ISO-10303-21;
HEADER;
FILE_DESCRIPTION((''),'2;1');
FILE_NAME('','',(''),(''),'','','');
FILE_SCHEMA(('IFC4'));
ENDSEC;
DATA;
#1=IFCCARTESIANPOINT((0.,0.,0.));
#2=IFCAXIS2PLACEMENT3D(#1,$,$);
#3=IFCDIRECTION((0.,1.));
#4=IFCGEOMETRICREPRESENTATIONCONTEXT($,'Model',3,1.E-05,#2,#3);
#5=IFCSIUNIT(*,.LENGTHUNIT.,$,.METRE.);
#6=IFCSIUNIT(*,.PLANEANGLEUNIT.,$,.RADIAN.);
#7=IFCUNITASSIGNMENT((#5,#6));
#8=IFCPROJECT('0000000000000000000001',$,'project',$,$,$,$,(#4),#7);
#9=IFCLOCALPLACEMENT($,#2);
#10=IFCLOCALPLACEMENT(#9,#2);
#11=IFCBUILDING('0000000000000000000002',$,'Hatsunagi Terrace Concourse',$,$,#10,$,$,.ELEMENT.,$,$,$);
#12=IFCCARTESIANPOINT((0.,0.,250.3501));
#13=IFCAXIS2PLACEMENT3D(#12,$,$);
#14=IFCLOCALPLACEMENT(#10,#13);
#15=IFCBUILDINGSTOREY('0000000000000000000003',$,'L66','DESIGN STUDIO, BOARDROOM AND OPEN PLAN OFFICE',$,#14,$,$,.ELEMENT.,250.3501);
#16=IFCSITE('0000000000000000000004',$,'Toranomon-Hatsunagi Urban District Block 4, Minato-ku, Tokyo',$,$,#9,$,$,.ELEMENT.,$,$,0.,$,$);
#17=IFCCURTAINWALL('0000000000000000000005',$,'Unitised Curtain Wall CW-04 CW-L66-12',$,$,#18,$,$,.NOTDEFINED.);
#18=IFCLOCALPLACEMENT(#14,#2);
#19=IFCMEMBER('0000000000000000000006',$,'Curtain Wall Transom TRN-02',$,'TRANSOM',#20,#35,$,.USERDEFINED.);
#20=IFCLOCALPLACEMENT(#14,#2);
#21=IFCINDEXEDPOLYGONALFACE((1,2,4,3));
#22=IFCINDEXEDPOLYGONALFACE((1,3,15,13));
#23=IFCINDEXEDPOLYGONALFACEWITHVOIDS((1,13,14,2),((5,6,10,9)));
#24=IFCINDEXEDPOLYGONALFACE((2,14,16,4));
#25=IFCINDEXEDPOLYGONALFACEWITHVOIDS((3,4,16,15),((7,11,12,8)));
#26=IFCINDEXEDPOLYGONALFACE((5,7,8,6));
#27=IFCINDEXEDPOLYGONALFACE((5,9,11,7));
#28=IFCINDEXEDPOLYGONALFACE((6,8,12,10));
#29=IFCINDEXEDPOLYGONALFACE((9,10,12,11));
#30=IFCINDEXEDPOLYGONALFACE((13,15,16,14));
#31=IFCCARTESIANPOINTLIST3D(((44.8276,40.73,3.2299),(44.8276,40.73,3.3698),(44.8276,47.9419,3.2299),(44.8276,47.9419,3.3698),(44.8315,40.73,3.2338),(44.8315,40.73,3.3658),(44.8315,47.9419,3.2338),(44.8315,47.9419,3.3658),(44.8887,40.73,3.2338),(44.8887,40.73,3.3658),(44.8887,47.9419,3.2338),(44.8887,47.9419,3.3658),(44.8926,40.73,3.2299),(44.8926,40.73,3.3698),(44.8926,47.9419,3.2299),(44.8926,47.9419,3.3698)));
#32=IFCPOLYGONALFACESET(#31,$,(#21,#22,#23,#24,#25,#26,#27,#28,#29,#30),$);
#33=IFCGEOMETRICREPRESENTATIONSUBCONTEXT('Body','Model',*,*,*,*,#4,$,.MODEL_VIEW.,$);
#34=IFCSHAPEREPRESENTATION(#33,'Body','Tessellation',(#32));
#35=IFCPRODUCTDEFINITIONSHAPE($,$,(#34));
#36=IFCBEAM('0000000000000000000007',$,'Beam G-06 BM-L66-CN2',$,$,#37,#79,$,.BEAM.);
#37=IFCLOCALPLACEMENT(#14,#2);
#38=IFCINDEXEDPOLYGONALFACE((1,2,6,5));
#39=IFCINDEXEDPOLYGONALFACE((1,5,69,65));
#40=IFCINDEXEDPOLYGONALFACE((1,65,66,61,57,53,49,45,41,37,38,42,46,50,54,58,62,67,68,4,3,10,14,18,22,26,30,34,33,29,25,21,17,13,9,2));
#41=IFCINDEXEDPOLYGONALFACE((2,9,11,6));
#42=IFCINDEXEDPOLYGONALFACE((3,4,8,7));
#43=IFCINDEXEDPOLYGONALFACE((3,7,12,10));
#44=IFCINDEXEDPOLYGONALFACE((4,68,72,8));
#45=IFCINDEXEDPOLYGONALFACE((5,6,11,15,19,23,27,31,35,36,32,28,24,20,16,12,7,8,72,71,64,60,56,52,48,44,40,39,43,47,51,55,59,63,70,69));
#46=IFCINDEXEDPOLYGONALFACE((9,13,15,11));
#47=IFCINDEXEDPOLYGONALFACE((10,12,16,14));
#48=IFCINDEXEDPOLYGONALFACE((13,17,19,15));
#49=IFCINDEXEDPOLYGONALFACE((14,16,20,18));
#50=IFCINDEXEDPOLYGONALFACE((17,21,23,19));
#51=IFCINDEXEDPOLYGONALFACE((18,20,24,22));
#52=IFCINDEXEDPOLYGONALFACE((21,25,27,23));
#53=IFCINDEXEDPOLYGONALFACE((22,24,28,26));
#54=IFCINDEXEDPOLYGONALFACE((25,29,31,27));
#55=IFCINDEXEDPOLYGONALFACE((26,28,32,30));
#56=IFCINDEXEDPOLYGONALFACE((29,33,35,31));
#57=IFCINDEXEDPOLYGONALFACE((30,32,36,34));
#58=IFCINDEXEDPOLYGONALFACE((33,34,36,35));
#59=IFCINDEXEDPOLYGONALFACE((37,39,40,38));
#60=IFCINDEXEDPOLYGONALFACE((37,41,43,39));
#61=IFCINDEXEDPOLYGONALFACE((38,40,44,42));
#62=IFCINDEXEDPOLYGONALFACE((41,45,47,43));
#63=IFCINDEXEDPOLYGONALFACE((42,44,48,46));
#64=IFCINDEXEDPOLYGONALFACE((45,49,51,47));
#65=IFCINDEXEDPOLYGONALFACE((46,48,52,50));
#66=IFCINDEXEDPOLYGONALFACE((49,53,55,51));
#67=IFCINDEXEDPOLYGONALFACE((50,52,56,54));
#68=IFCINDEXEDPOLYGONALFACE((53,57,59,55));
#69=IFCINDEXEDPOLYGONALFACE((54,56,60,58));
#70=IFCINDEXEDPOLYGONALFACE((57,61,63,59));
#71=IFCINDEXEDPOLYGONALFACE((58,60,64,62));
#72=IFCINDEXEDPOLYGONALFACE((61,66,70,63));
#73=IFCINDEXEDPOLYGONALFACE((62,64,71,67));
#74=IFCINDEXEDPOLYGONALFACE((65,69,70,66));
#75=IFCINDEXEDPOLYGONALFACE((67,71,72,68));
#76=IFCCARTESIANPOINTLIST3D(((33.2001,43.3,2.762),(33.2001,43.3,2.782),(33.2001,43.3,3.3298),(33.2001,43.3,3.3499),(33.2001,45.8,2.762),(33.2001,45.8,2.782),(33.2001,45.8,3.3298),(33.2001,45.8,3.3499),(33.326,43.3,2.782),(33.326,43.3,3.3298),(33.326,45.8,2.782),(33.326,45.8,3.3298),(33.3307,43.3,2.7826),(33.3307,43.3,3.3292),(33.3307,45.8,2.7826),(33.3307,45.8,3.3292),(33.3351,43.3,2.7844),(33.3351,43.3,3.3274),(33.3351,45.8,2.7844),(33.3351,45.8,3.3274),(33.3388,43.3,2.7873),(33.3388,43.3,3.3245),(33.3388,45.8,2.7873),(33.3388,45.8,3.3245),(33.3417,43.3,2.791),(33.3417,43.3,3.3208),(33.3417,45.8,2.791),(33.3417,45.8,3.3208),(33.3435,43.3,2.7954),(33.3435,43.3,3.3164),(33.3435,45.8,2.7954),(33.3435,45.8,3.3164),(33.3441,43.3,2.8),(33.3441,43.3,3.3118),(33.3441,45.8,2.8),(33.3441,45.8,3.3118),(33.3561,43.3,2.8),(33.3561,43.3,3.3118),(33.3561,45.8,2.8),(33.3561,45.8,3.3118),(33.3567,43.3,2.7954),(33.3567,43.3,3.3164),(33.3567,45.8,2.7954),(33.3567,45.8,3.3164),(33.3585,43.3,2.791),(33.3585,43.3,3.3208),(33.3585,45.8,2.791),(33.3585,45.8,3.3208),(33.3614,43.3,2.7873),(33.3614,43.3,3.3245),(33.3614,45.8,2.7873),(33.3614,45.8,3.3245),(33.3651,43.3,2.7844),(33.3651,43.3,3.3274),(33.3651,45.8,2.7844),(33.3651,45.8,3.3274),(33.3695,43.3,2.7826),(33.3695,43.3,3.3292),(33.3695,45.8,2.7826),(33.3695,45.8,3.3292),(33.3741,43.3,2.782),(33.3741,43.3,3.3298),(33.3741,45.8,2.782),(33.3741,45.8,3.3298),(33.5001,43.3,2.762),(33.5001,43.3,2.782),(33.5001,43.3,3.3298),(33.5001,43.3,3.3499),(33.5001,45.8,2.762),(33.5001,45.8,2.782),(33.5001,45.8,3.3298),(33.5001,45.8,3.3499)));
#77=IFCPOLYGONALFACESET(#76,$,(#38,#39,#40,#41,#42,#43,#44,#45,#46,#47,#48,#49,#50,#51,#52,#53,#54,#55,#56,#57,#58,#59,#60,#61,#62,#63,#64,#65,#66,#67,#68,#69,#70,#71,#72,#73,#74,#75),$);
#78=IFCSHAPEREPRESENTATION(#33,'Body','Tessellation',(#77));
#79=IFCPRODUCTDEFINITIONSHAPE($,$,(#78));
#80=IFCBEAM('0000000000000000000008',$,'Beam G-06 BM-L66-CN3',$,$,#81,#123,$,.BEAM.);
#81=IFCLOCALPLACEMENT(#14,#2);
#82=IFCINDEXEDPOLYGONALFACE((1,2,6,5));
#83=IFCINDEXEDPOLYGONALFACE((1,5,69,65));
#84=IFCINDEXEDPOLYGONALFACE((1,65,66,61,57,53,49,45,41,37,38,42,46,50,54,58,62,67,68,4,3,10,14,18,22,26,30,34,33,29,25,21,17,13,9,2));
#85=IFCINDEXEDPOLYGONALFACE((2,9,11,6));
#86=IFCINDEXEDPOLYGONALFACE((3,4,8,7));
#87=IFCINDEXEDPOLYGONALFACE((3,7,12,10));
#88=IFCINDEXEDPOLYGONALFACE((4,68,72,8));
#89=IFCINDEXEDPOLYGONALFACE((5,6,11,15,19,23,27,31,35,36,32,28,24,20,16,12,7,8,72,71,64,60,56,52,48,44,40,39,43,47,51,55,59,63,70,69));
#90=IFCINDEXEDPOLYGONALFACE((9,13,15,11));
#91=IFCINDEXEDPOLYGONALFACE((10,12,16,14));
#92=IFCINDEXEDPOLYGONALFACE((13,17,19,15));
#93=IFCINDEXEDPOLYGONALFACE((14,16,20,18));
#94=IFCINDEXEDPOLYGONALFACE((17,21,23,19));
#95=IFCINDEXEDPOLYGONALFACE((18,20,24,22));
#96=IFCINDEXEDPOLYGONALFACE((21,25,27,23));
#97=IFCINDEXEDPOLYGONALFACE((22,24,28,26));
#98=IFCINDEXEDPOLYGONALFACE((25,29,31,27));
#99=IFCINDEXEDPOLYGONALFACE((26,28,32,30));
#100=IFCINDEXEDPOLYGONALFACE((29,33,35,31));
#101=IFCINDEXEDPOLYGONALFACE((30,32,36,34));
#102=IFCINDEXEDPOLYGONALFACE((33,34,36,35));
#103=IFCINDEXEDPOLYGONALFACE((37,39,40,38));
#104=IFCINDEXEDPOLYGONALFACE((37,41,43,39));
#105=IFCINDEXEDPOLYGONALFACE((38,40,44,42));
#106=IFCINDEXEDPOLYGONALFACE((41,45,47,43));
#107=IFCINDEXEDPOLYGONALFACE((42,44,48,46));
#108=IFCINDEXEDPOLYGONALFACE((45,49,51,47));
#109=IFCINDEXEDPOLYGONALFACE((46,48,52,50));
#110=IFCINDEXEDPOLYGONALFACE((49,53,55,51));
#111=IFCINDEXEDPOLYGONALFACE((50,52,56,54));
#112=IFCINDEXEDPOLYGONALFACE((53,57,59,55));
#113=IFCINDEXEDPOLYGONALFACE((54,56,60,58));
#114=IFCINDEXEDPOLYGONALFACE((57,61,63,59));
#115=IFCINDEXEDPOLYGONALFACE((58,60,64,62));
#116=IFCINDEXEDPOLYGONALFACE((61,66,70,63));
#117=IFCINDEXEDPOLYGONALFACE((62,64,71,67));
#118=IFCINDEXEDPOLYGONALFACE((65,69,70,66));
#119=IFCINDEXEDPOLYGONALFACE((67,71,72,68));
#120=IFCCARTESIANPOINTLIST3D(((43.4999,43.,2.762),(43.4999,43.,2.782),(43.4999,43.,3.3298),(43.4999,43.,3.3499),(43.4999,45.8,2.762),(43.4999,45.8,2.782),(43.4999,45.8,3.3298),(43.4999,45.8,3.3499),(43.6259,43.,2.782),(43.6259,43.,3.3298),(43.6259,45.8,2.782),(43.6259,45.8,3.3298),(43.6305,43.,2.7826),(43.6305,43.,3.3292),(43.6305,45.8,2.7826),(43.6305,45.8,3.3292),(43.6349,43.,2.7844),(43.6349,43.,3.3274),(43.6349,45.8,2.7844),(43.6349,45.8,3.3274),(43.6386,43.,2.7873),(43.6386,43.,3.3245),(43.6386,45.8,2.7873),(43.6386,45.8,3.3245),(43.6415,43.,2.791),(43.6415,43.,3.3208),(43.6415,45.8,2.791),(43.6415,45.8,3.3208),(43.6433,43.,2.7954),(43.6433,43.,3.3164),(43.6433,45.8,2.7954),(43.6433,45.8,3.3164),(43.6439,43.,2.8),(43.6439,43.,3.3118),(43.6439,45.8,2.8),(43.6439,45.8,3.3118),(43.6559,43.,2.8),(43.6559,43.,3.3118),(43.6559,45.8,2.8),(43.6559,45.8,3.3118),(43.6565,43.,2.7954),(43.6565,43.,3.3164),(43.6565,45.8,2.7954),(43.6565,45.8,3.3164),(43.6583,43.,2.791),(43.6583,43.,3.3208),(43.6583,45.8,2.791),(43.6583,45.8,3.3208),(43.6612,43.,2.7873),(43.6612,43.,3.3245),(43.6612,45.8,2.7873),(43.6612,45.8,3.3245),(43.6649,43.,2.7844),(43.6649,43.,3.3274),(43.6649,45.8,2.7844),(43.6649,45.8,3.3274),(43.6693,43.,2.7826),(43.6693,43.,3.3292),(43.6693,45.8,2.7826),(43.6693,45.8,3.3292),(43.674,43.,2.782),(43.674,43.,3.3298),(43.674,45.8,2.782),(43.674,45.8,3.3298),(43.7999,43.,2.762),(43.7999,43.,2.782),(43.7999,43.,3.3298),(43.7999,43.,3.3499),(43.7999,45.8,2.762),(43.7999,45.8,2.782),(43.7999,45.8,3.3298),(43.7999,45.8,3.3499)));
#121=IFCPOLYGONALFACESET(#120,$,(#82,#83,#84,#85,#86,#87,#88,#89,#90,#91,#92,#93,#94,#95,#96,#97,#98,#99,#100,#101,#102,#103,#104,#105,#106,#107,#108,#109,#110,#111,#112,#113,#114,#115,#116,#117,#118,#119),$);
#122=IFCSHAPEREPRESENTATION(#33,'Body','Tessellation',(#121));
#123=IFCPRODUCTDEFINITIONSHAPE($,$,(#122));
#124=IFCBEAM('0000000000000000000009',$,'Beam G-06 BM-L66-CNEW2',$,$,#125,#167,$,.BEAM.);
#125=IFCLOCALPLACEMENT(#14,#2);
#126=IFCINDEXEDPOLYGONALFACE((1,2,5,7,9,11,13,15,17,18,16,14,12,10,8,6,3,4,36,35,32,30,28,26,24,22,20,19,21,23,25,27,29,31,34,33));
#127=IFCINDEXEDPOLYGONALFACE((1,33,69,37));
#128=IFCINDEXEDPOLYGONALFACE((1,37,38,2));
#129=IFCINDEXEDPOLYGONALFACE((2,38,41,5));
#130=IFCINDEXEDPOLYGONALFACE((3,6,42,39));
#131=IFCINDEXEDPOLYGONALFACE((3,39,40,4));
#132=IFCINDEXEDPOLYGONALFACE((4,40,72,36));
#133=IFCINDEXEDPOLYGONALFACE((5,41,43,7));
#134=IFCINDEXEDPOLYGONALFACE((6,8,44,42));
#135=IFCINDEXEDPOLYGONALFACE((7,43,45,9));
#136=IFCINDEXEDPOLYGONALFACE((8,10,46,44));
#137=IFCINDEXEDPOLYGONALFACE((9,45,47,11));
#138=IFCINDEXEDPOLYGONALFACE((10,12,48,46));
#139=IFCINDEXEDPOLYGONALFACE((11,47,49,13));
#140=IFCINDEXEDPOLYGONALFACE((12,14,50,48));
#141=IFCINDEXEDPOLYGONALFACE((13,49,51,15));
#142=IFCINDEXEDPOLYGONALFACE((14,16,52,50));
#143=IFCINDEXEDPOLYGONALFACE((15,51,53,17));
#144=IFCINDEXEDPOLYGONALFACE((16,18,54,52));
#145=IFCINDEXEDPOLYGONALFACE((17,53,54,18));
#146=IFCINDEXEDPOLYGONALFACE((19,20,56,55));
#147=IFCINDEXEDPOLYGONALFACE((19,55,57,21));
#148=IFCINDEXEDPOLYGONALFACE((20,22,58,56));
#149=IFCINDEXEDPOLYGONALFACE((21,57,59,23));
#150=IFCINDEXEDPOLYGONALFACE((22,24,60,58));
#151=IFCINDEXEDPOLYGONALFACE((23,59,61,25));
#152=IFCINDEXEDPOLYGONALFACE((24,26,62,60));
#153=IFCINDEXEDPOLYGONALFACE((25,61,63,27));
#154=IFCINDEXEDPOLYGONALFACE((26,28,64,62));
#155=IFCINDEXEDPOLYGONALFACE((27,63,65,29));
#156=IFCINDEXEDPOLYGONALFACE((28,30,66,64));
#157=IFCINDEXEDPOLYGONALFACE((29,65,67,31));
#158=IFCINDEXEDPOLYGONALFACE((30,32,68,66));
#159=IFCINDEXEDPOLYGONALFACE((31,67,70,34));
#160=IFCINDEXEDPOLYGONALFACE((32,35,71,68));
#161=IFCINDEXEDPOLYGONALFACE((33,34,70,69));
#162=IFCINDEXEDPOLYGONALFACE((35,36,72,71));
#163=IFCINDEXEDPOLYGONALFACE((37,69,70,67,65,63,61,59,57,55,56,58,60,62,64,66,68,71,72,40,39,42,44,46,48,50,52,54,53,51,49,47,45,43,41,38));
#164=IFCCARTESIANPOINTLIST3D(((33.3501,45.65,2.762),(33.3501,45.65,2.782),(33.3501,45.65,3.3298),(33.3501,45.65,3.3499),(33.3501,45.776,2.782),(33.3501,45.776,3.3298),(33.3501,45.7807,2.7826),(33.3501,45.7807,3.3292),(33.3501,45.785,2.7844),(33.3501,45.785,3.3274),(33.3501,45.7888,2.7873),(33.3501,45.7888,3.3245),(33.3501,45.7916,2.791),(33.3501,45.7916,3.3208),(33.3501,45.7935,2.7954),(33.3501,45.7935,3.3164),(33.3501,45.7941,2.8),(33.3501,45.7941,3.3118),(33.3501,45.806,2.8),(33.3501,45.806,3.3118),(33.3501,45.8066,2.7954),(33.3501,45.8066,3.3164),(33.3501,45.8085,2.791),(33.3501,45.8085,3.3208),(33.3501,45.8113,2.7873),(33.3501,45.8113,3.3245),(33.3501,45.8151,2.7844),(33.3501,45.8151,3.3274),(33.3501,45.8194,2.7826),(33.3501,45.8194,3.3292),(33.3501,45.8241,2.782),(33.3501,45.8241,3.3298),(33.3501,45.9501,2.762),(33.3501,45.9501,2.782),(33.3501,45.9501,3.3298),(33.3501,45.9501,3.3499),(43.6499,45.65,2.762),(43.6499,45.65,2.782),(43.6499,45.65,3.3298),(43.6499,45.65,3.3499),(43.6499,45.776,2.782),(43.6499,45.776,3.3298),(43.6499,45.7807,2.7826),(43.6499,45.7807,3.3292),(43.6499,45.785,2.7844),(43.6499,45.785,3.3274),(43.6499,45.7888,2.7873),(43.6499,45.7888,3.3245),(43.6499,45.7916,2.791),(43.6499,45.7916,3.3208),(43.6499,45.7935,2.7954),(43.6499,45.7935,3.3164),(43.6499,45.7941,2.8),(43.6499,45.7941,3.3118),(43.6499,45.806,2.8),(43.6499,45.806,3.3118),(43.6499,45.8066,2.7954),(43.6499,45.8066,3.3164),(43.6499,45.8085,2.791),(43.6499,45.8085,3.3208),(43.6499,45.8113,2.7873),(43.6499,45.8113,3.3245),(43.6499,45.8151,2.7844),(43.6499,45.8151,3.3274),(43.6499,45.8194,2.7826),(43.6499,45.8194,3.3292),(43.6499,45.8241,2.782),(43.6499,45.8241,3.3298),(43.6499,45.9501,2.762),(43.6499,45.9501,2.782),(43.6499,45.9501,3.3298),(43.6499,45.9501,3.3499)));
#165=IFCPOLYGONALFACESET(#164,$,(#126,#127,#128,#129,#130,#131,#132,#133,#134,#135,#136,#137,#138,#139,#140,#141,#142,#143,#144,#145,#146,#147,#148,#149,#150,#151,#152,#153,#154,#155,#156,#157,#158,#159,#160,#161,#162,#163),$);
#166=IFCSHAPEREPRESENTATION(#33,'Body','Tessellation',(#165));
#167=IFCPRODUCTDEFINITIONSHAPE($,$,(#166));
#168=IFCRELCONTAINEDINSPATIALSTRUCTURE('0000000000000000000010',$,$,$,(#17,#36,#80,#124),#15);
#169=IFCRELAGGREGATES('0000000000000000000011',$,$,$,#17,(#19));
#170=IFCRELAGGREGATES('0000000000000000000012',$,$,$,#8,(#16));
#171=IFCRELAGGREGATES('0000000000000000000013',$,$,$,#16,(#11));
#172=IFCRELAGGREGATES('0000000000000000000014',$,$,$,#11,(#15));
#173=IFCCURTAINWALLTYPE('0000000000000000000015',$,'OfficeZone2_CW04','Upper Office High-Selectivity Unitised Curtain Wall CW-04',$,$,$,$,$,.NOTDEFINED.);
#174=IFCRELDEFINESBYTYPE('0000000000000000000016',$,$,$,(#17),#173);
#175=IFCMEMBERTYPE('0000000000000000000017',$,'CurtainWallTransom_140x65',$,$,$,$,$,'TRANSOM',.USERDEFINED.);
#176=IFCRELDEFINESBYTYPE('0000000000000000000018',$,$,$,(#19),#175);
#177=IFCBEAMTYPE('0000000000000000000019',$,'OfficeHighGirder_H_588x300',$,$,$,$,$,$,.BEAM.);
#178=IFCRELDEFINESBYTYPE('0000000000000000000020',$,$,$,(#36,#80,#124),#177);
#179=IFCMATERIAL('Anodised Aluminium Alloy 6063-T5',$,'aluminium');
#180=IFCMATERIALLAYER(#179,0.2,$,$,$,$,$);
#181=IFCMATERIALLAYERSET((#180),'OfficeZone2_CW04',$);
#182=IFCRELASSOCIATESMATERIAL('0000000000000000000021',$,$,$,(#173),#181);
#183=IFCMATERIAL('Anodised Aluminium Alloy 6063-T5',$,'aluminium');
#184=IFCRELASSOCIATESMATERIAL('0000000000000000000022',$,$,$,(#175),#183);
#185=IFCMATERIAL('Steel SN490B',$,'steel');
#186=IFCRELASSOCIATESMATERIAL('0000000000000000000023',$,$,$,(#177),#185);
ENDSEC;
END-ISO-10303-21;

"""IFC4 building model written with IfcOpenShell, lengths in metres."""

from ifc_helpers import new_model, si_unit, direction, frame, origin, origin_2d, place, context, subcontext, project, spatial, hollow_rectangle, i_section, extrude, material, layer, layer_set, material_profile, profile_set, type_object, element, aggregate, save


model = new_model("IFC4")

# Units and contexts
model_context = context("Model", 3, precision=1e-05, world=origin(), true_north=direction((0.0, 1.0)))
body_context = subcontext(model_context, "Body", "Model", "MODEL_VIEW")
ifc_project = project(units=[si_unit("LENGTHUNIT", "METRE"), si_unit("PLANEANGLEUNIT", "RADIAN")], contexts=[model_context])

# Site, building, storey
site_placement = place(None, origin())
site = spatial("IfcSite", under=ifc_project, at=site_placement, Name="Toranomon-Hatsunagi Urban District Block 4, Minato-ku, Tokyo", CompositionType="ELEMENT", RefElevation=0.0)
building_placement = place(site_placement, origin())
building = spatial("IfcBuilding", under=site, at=building_placement, Name="Hatsunagi Terrace Concourse", CompositionType="ELEMENT")
storey_placement = place(building_placement, frame((0.0, 0.0, 250.3501)))
storey = spatial("IfcBuildingStorey", under=building, at=storey_placement, Name="L66", Description="DESIGN STUDIO, BOARDROOM AND OPEN PLAN OFFICE", CompositionType="ELEMENT", Elevation=250.3501)

# Curtain wall, member
ifc_material_1 = material(Name="Anodised Aluminium Alloy 6063-T5", Category="aluminium")
ifc_layer_1 = layer(ifc_material_1, 0.2)
ifc_layer_set_1 = layer_set([ifc_layer_1], Name="OfficeZone2_CW04")
curtain_wall_type = type_object("IfcCurtainWallType", Name="OfficeZone2_CW04", Description="Upper Office High-Selectivity Unitised Curtain Wall CW-04", PredefinedType="NOTDEFINED", material=ifc_layer_set_1)
curtain_wall_placement = place(storey_placement, origin())
curtain_wall = element("IfcCurtainWall", 1, at=curtain_wall_placement, inside=storey, type_object=curtain_wall_type, Name="Unitised Curtain Wall CW-04 CW-L66-12", PredefinedType="NOTDEFINED")
ifc_material_2 = material(Name="Anodised Aluminium Alloy 6063-T5", Category="aluminium")
ifc_material_profile_1 = material_profile(ifc_material_2, hollow_rectangle(XDim=0.0649, YDim=0.1399, WallThickness=0.0039, at=origin_2d()), Name="ALU-TRN-140x65x4")
ifc_profile_set_1 = profile_set([ifc_material_profile_1], Name="Anodised Aluminium Alloy 6063-T5")
member_type_1 = type_object("IfcMemberType", Name="CurtainWallTransom_140x65", ElementType="TRANSOM", PredefinedType="USERDEFINED", material=ifc_profile_set_1)
member_1_placement = place(storey_placement, frame((44.8601, 47.9419, 3.2998), z_axis=(0.0, -1.0, 0.0), x_axis=(1.0, 0.0, 0.0)))
member_1 = element("IfcMember", 2, at=member_1_placement, type_object=member_type_1, Name="Curtain Wall Transom TRN-02", ObjectType="TRANSOM", PredefinedType="USERDEFINED", context=body_context, shape_type="SweptSolid", body=[
    extrude(hollow_rectangle(XDim=0.0649, YDim=0.1399, WallThickness=0.0039, at=origin_2d()), origin(), (0.0, 0.0, 1.0), 7.2119),
])

# Beams
ifc_material_3 = material(Name="Steel SN490B", Category="steel")
ifc_material_profile_2 = material_profile(ifc_material_3, i_section(OverallWidth=0.3, OverallDepth=0.5879, WebThickness=0.012, FlangeThickness=0.02, FilletRadius=0.0181, at=origin_2d()), Name="H-588x300x12x20")
ifc_profile_set_2 = profile_set([ifc_material_profile_2], Name="Steel SN490B")
beam_type_1 = type_object("IfcBeamType", Name="OfficeHighGirder_H_588x300", PredefinedType="BEAM", material=ifc_profile_set_2)
beam_1_placement = place(storey_placement, frame((33.3501, 43.3, 3.0559), z_axis=(0.0, 1.0, 0.0), x_axis=(-1.0, 0.0, 0.0)))
element("IfcBeam", 3, at=beam_1_placement, inside=storey, type_object=beam_type_1, Name="Beam G-06 BM-L66-CN2", PredefinedType="BEAM", context=body_context, shape_type="SweptSolid", body=[
    extrude(i_section(OverallWidth=0.3, OverallDepth=0.5879, WebThickness=0.012, FlangeThickness=0.02, FilletRadius=0.0181, at=origin_2d()), origin(), (0.0, 0.0, 1.0), 2.5),
])
beam_2_placement = place(storey_placement, frame((43.6499, 43.0, 3.0559), z_axis=(0.0, 1.0, 0.0), x_axis=(-1.0, 0.0, 0.0)))
element("IfcBeam", 4, at=beam_2_placement, inside=storey, type_object=beam_type_1, Name="Beam G-06 BM-L66-CN3", PredefinedType="BEAM", context=body_context, shape_type="SweptSolid", body=[
    extrude(i_section(OverallWidth=0.3, OverallDepth=0.5879, WebThickness=0.012, FlangeThickness=0.02, FilletRadius=0.0181, at=origin_2d()), origin(), (0.0, 0.0, 1.0), 2.8),
])
beam_3_placement = place(storey_placement, frame((33.3501, 45.8, 3.0559), z_axis=(1.0, 0.0, 0.0), x_axis=(0.0, 1.0, 0.0)))
element("IfcBeam", 5, at=beam_3_placement, inside=storey, type_object=beam_type_1, Name="Beam G-06 BM-L66-CNEW2", PredefinedType="BEAM", context=body_context, shape_type="SweptSolid", body=[
    extrude(i_section(OverallWidth=0.3, OverallDepth=0.5879, WebThickness=0.012, FlangeThickness=0.02, FilletRadius=0.0181, at=origin_2d()), origin(), (0.0, 0.0, 1.0), 10.2998),
])

aggregate(curtain_wall, [member_1])

save(model, "model.ifc")
